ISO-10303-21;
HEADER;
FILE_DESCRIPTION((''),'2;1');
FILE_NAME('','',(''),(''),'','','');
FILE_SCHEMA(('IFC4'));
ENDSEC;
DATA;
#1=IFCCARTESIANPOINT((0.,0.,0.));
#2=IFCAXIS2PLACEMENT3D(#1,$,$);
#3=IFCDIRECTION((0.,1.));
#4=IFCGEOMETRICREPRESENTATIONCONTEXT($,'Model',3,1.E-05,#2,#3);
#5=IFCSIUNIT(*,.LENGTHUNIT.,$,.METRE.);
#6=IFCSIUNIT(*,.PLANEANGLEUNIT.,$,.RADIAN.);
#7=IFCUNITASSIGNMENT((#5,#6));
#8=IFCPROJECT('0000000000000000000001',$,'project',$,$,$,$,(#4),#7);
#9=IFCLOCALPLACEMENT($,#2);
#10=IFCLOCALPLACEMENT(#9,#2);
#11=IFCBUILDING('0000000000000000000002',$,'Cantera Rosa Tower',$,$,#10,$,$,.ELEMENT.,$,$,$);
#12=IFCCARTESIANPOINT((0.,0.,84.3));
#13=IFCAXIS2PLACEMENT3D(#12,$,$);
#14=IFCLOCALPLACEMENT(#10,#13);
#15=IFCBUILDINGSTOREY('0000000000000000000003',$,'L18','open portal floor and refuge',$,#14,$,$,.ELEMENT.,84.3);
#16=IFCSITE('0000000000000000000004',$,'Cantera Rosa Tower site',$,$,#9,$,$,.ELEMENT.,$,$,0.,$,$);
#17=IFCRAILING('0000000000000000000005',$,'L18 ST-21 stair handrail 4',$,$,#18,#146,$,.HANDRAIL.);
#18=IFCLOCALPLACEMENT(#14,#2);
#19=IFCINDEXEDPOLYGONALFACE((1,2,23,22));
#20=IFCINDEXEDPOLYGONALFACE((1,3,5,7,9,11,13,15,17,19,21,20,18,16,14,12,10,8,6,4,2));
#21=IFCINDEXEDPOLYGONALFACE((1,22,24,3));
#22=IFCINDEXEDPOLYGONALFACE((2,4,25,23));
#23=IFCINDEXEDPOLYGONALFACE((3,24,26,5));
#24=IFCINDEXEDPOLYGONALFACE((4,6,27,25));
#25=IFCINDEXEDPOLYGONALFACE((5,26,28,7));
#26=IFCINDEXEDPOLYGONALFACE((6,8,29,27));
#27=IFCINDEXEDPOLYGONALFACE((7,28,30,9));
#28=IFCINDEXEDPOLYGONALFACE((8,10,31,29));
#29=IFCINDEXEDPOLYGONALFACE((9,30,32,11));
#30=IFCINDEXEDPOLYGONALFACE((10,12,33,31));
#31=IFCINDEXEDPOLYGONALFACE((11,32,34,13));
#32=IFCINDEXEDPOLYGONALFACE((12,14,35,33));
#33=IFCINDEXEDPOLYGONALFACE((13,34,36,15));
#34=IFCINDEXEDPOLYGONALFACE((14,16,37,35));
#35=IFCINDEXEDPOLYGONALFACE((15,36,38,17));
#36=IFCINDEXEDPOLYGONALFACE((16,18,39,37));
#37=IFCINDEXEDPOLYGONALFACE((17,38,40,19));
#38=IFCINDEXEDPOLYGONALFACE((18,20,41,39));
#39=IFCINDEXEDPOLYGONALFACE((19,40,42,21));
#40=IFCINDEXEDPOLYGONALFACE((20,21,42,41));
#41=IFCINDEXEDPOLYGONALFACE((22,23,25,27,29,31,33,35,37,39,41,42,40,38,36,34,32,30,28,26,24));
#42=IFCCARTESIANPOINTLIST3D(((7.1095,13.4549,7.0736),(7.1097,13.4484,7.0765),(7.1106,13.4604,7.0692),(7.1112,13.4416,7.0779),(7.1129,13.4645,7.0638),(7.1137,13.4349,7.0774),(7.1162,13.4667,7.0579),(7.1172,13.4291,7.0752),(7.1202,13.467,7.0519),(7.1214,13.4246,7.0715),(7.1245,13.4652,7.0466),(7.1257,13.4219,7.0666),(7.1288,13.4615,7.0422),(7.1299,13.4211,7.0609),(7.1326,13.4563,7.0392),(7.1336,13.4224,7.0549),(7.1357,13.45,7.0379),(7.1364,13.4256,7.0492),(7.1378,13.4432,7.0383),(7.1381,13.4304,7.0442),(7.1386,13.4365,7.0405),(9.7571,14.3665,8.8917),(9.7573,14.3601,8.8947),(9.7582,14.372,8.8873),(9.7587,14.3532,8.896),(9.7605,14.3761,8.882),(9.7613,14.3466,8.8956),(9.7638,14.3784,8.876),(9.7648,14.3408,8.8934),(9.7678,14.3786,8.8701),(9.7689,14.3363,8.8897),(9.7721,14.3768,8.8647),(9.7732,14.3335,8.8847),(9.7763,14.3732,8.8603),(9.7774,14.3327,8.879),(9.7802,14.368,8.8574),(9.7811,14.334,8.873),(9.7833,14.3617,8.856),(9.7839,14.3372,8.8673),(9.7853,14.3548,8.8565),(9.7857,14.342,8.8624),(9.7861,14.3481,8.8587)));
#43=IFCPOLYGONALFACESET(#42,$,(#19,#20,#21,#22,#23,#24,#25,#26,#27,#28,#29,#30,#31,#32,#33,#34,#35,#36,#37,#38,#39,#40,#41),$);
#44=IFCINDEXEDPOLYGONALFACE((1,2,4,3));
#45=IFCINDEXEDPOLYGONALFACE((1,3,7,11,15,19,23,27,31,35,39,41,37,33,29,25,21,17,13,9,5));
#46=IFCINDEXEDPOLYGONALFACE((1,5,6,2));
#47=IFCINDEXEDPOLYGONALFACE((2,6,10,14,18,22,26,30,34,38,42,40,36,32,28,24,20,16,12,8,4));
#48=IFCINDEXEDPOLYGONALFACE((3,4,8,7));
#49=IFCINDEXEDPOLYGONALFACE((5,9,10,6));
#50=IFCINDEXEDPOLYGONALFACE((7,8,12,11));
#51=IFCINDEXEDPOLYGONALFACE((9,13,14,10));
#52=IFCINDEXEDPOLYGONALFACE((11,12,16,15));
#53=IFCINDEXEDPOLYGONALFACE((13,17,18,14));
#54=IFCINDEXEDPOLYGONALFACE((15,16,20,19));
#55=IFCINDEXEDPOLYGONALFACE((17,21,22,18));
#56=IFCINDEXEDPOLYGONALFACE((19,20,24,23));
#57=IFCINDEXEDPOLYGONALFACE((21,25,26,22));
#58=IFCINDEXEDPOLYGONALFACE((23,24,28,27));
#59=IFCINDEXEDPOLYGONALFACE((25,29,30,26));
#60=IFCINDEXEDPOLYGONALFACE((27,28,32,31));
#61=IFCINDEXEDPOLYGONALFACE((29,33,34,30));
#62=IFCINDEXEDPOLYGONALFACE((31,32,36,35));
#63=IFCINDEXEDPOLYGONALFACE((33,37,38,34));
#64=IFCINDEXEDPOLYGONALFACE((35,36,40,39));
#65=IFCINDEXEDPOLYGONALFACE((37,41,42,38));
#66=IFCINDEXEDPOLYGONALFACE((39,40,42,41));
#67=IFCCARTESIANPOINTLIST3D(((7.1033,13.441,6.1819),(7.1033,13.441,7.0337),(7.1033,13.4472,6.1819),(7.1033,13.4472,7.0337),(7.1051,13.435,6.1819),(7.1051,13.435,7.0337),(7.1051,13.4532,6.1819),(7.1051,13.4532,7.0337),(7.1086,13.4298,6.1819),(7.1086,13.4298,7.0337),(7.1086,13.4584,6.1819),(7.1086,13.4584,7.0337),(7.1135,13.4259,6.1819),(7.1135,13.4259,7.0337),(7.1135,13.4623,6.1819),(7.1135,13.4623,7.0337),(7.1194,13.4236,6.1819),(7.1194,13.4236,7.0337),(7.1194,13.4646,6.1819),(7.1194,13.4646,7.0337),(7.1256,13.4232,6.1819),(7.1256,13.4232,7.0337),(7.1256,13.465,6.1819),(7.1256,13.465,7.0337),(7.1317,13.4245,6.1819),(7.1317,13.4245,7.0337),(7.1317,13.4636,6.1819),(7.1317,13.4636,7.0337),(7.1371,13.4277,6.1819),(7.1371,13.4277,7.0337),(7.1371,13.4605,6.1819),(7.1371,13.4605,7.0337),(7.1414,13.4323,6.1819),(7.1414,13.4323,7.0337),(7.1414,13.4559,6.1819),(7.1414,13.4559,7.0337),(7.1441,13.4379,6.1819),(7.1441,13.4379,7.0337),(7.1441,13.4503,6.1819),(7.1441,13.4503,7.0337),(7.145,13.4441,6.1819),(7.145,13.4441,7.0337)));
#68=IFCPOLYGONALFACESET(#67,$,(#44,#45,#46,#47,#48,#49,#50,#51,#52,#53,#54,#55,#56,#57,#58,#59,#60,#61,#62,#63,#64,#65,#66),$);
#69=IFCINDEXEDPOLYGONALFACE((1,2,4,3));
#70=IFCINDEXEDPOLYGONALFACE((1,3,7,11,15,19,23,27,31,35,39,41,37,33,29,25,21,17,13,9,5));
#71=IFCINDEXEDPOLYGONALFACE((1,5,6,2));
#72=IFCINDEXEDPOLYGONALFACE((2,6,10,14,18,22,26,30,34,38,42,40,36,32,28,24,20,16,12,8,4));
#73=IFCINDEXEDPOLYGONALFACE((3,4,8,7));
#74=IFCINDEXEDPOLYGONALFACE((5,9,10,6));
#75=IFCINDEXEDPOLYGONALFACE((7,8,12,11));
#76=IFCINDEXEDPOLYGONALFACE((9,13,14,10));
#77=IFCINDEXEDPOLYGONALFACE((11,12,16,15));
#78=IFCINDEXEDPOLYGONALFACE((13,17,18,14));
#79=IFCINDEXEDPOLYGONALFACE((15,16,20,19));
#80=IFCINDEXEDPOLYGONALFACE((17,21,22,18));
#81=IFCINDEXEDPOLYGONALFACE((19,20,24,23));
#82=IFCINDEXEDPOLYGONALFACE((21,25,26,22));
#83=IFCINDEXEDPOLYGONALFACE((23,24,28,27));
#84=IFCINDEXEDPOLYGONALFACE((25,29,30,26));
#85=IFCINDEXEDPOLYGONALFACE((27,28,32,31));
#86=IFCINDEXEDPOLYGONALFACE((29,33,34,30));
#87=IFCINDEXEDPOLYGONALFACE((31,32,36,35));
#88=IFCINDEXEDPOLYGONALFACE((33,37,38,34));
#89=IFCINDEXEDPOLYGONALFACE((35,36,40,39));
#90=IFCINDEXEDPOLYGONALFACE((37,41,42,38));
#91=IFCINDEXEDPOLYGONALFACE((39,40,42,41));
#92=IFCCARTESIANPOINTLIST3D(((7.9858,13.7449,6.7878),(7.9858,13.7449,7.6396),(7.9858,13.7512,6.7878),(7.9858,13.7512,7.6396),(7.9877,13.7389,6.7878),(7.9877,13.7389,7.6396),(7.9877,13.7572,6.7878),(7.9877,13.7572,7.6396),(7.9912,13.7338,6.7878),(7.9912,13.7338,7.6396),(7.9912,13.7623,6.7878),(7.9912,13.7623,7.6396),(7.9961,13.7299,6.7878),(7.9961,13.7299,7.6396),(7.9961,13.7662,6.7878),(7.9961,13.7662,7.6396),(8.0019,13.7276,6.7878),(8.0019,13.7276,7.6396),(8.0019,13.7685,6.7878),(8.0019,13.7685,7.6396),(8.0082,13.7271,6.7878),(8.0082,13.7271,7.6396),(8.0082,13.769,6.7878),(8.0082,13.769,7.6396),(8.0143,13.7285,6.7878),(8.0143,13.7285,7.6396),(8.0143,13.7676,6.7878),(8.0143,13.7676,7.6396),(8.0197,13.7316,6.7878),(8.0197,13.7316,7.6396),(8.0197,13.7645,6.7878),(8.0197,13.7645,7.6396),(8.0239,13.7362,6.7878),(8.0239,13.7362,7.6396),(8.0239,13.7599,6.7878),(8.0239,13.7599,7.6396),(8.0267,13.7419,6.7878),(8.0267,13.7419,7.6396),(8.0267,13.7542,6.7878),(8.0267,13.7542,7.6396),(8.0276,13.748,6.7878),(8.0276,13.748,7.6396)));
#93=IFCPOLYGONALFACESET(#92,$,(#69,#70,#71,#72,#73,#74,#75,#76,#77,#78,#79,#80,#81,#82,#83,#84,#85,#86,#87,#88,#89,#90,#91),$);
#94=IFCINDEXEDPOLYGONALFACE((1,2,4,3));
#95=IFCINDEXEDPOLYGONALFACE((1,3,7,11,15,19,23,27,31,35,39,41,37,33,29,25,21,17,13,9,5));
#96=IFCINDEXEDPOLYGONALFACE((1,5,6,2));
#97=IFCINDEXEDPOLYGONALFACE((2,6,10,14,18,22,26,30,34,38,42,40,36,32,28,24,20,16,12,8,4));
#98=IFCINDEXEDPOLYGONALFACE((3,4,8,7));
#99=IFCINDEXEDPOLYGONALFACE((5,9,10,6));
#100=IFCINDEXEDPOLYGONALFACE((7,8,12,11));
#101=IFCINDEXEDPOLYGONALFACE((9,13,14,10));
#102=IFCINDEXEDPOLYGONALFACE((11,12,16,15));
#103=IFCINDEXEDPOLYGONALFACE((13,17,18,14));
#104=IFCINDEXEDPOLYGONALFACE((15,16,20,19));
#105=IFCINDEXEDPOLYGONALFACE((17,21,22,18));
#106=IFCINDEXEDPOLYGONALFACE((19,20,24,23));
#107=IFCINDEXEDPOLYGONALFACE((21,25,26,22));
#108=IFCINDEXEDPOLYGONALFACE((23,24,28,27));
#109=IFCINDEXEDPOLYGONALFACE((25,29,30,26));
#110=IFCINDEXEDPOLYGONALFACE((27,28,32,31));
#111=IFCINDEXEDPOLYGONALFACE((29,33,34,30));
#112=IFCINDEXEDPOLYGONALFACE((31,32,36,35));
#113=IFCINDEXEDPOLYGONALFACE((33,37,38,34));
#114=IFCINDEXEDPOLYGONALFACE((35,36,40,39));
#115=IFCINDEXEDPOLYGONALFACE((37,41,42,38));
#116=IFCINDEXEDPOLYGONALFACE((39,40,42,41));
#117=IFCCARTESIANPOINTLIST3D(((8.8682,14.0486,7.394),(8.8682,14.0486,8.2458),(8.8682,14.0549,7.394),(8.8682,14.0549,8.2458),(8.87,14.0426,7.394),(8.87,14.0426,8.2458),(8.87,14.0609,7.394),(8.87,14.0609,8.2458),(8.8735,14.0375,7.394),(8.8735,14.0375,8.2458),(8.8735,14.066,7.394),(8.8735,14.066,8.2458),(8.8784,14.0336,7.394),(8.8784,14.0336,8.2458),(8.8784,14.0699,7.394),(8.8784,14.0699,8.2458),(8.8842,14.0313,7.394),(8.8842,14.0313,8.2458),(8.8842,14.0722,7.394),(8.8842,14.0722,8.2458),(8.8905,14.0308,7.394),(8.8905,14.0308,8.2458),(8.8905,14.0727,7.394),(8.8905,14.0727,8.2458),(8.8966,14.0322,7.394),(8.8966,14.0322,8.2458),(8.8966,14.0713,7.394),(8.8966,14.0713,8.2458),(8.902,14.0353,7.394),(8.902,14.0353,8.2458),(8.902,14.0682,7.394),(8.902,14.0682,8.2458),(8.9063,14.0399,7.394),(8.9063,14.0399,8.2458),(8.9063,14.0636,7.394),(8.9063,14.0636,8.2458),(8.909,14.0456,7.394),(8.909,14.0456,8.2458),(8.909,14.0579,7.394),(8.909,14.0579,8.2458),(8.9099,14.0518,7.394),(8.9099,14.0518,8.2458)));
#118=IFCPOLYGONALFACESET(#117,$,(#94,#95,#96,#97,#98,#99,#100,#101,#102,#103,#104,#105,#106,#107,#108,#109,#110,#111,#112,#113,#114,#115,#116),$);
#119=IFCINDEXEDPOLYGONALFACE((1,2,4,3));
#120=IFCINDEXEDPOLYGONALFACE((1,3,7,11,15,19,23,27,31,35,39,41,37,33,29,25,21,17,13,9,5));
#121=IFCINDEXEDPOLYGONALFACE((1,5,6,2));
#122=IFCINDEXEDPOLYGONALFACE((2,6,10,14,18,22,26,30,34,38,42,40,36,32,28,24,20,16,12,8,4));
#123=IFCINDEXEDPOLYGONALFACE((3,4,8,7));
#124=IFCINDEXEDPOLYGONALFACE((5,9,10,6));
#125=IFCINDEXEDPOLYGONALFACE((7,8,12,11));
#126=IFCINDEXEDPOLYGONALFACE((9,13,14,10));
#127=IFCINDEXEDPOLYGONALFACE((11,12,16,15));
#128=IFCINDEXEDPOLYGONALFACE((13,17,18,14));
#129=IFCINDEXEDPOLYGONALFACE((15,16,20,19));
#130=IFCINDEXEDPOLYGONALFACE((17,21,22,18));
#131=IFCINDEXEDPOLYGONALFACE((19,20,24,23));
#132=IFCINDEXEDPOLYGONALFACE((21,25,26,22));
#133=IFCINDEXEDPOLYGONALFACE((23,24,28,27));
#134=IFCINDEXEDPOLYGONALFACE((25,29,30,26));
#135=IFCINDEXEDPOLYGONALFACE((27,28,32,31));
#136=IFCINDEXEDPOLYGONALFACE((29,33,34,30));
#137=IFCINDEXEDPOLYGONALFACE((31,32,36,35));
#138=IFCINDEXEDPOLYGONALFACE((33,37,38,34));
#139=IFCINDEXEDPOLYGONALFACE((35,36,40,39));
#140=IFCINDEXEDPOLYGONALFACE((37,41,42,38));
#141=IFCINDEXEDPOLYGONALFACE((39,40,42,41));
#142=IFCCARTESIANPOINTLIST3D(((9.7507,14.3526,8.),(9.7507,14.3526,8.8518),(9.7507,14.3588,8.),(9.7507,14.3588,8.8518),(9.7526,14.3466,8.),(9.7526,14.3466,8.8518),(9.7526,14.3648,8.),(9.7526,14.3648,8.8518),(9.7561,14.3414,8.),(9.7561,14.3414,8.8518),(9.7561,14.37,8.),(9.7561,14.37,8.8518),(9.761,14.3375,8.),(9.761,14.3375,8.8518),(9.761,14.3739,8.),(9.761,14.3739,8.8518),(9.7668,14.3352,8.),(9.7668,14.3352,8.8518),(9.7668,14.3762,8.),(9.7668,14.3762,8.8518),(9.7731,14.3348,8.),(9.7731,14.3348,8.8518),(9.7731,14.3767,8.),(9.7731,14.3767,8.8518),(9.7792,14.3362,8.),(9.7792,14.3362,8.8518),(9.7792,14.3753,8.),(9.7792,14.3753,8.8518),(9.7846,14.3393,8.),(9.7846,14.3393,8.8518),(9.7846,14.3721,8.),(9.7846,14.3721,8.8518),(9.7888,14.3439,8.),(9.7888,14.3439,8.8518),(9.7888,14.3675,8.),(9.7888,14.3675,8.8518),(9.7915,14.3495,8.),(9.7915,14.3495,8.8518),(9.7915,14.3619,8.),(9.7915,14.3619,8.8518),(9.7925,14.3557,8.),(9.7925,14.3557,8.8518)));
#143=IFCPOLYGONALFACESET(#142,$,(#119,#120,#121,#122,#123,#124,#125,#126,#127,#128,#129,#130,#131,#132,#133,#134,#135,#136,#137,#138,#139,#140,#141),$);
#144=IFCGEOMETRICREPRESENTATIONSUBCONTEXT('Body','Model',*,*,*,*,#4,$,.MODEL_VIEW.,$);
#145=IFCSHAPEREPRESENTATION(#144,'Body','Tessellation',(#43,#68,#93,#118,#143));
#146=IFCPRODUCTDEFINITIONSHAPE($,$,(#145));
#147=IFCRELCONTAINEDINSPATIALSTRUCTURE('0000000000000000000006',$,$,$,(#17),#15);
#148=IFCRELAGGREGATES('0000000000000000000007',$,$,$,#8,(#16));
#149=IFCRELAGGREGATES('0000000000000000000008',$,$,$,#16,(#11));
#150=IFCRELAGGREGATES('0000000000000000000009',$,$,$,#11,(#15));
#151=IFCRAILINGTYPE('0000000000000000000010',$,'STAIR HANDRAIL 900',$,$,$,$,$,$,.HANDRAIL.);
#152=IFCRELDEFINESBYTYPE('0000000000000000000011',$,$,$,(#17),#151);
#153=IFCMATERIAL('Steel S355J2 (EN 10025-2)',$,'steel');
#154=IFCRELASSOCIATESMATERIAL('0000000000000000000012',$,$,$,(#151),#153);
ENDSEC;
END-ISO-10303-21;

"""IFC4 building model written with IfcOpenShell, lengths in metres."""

from ifc_helpers import new_model, si_unit, direction, frame, origin, origin_2d, place, context, subcontext, project, spatial, circle, extrude, material, type_object, element, save


model = new_model("IFC4")

# Units and contexts
model_context = context("Model", 3, precision=1e-05, world=origin(), true_north=direction((0.0, 1.0)))
body_context = subcontext(model_context, "Body", "Model", "MODEL_VIEW")
ifc_project = project(units=[si_unit("LENGTHUNIT", "METRE"), si_unit("PLANEANGLEUNIT", "RADIAN")], contexts=[model_context])

# Site, building, storey
site_placement = place(None, origin())
site = spatial("IfcSite", under=ifc_project, at=site_placement, Name="Cantera Rosa Tower site", CompositionType="ELEMENT", RefElevation=0.0)
building_placement = place(site_placement, origin())
building = spatial("IfcBuilding", under=site, at=building_placement, Name="Cantera Rosa Tower", CompositionType="ELEMENT")
storey_placement = place(building_placement, frame((0.0, 0.0, 84.3)))
storey = spatial("IfcBuildingStorey", under=building, at=storey_placement, Name="L18", Description="open portal floor and refuge", CompositionType="ELEMENT", Elevation=84.3)

# Railing
ifc_material_1 = material(Name="Steel S355J2 (EN 10025-2)", Category="steel")
railing_type = type_object("IfcRailingType", Name="STAIR HANDRAIL 900", PredefinedType="HANDRAIL", material=ifc_material_1)
for number, where, name in (
    (1, (7.124, 13.4441, 6.1819), "L18 ST-21 stair handrail 4"),
):
    element("IfcRailing", number, at=place(storey_placement, frame(where)), inside=storey, type_object=railing_type, Name=name, PredefinedType="HANDRAIL", context=body_context, shape_type="SweptSolid", body=[
        extrude(circle(Radius=0.0239, at=origin_2d()), frame((0.0, 0.0, 0.876), z_axis=(0.793007, 0.273062, 0.544589), x_axis=(-0.325577, 0.945516, 0.0)), (0.0, 0.0, 1.0), 3.3386),
        extrude(circle(Radius=0.021, at=origin_2d()), origin(), (0.0, 0.0, 1.0), 0.8518),
        extrude(circle(Radius=0.021, at=origin_2d()), frame((0.8826, 0.304, 0.606)), (0.0, 0.0, 1.0), 0.8518),
        extrude(circle(Radius=0.021, at=origin_2d()), frame((1.7649, 0.6077, 1.2122)), (0.0, 0.0, 1.0), 0.8518),
        extrude(circle(Radius=0.021, at=origin_2d()), frame((2.6475, 0.9116, 1.8181)), (0.0, 0.0, 1.0), 0.8518),
    ])

save(model, "model.ifc")
